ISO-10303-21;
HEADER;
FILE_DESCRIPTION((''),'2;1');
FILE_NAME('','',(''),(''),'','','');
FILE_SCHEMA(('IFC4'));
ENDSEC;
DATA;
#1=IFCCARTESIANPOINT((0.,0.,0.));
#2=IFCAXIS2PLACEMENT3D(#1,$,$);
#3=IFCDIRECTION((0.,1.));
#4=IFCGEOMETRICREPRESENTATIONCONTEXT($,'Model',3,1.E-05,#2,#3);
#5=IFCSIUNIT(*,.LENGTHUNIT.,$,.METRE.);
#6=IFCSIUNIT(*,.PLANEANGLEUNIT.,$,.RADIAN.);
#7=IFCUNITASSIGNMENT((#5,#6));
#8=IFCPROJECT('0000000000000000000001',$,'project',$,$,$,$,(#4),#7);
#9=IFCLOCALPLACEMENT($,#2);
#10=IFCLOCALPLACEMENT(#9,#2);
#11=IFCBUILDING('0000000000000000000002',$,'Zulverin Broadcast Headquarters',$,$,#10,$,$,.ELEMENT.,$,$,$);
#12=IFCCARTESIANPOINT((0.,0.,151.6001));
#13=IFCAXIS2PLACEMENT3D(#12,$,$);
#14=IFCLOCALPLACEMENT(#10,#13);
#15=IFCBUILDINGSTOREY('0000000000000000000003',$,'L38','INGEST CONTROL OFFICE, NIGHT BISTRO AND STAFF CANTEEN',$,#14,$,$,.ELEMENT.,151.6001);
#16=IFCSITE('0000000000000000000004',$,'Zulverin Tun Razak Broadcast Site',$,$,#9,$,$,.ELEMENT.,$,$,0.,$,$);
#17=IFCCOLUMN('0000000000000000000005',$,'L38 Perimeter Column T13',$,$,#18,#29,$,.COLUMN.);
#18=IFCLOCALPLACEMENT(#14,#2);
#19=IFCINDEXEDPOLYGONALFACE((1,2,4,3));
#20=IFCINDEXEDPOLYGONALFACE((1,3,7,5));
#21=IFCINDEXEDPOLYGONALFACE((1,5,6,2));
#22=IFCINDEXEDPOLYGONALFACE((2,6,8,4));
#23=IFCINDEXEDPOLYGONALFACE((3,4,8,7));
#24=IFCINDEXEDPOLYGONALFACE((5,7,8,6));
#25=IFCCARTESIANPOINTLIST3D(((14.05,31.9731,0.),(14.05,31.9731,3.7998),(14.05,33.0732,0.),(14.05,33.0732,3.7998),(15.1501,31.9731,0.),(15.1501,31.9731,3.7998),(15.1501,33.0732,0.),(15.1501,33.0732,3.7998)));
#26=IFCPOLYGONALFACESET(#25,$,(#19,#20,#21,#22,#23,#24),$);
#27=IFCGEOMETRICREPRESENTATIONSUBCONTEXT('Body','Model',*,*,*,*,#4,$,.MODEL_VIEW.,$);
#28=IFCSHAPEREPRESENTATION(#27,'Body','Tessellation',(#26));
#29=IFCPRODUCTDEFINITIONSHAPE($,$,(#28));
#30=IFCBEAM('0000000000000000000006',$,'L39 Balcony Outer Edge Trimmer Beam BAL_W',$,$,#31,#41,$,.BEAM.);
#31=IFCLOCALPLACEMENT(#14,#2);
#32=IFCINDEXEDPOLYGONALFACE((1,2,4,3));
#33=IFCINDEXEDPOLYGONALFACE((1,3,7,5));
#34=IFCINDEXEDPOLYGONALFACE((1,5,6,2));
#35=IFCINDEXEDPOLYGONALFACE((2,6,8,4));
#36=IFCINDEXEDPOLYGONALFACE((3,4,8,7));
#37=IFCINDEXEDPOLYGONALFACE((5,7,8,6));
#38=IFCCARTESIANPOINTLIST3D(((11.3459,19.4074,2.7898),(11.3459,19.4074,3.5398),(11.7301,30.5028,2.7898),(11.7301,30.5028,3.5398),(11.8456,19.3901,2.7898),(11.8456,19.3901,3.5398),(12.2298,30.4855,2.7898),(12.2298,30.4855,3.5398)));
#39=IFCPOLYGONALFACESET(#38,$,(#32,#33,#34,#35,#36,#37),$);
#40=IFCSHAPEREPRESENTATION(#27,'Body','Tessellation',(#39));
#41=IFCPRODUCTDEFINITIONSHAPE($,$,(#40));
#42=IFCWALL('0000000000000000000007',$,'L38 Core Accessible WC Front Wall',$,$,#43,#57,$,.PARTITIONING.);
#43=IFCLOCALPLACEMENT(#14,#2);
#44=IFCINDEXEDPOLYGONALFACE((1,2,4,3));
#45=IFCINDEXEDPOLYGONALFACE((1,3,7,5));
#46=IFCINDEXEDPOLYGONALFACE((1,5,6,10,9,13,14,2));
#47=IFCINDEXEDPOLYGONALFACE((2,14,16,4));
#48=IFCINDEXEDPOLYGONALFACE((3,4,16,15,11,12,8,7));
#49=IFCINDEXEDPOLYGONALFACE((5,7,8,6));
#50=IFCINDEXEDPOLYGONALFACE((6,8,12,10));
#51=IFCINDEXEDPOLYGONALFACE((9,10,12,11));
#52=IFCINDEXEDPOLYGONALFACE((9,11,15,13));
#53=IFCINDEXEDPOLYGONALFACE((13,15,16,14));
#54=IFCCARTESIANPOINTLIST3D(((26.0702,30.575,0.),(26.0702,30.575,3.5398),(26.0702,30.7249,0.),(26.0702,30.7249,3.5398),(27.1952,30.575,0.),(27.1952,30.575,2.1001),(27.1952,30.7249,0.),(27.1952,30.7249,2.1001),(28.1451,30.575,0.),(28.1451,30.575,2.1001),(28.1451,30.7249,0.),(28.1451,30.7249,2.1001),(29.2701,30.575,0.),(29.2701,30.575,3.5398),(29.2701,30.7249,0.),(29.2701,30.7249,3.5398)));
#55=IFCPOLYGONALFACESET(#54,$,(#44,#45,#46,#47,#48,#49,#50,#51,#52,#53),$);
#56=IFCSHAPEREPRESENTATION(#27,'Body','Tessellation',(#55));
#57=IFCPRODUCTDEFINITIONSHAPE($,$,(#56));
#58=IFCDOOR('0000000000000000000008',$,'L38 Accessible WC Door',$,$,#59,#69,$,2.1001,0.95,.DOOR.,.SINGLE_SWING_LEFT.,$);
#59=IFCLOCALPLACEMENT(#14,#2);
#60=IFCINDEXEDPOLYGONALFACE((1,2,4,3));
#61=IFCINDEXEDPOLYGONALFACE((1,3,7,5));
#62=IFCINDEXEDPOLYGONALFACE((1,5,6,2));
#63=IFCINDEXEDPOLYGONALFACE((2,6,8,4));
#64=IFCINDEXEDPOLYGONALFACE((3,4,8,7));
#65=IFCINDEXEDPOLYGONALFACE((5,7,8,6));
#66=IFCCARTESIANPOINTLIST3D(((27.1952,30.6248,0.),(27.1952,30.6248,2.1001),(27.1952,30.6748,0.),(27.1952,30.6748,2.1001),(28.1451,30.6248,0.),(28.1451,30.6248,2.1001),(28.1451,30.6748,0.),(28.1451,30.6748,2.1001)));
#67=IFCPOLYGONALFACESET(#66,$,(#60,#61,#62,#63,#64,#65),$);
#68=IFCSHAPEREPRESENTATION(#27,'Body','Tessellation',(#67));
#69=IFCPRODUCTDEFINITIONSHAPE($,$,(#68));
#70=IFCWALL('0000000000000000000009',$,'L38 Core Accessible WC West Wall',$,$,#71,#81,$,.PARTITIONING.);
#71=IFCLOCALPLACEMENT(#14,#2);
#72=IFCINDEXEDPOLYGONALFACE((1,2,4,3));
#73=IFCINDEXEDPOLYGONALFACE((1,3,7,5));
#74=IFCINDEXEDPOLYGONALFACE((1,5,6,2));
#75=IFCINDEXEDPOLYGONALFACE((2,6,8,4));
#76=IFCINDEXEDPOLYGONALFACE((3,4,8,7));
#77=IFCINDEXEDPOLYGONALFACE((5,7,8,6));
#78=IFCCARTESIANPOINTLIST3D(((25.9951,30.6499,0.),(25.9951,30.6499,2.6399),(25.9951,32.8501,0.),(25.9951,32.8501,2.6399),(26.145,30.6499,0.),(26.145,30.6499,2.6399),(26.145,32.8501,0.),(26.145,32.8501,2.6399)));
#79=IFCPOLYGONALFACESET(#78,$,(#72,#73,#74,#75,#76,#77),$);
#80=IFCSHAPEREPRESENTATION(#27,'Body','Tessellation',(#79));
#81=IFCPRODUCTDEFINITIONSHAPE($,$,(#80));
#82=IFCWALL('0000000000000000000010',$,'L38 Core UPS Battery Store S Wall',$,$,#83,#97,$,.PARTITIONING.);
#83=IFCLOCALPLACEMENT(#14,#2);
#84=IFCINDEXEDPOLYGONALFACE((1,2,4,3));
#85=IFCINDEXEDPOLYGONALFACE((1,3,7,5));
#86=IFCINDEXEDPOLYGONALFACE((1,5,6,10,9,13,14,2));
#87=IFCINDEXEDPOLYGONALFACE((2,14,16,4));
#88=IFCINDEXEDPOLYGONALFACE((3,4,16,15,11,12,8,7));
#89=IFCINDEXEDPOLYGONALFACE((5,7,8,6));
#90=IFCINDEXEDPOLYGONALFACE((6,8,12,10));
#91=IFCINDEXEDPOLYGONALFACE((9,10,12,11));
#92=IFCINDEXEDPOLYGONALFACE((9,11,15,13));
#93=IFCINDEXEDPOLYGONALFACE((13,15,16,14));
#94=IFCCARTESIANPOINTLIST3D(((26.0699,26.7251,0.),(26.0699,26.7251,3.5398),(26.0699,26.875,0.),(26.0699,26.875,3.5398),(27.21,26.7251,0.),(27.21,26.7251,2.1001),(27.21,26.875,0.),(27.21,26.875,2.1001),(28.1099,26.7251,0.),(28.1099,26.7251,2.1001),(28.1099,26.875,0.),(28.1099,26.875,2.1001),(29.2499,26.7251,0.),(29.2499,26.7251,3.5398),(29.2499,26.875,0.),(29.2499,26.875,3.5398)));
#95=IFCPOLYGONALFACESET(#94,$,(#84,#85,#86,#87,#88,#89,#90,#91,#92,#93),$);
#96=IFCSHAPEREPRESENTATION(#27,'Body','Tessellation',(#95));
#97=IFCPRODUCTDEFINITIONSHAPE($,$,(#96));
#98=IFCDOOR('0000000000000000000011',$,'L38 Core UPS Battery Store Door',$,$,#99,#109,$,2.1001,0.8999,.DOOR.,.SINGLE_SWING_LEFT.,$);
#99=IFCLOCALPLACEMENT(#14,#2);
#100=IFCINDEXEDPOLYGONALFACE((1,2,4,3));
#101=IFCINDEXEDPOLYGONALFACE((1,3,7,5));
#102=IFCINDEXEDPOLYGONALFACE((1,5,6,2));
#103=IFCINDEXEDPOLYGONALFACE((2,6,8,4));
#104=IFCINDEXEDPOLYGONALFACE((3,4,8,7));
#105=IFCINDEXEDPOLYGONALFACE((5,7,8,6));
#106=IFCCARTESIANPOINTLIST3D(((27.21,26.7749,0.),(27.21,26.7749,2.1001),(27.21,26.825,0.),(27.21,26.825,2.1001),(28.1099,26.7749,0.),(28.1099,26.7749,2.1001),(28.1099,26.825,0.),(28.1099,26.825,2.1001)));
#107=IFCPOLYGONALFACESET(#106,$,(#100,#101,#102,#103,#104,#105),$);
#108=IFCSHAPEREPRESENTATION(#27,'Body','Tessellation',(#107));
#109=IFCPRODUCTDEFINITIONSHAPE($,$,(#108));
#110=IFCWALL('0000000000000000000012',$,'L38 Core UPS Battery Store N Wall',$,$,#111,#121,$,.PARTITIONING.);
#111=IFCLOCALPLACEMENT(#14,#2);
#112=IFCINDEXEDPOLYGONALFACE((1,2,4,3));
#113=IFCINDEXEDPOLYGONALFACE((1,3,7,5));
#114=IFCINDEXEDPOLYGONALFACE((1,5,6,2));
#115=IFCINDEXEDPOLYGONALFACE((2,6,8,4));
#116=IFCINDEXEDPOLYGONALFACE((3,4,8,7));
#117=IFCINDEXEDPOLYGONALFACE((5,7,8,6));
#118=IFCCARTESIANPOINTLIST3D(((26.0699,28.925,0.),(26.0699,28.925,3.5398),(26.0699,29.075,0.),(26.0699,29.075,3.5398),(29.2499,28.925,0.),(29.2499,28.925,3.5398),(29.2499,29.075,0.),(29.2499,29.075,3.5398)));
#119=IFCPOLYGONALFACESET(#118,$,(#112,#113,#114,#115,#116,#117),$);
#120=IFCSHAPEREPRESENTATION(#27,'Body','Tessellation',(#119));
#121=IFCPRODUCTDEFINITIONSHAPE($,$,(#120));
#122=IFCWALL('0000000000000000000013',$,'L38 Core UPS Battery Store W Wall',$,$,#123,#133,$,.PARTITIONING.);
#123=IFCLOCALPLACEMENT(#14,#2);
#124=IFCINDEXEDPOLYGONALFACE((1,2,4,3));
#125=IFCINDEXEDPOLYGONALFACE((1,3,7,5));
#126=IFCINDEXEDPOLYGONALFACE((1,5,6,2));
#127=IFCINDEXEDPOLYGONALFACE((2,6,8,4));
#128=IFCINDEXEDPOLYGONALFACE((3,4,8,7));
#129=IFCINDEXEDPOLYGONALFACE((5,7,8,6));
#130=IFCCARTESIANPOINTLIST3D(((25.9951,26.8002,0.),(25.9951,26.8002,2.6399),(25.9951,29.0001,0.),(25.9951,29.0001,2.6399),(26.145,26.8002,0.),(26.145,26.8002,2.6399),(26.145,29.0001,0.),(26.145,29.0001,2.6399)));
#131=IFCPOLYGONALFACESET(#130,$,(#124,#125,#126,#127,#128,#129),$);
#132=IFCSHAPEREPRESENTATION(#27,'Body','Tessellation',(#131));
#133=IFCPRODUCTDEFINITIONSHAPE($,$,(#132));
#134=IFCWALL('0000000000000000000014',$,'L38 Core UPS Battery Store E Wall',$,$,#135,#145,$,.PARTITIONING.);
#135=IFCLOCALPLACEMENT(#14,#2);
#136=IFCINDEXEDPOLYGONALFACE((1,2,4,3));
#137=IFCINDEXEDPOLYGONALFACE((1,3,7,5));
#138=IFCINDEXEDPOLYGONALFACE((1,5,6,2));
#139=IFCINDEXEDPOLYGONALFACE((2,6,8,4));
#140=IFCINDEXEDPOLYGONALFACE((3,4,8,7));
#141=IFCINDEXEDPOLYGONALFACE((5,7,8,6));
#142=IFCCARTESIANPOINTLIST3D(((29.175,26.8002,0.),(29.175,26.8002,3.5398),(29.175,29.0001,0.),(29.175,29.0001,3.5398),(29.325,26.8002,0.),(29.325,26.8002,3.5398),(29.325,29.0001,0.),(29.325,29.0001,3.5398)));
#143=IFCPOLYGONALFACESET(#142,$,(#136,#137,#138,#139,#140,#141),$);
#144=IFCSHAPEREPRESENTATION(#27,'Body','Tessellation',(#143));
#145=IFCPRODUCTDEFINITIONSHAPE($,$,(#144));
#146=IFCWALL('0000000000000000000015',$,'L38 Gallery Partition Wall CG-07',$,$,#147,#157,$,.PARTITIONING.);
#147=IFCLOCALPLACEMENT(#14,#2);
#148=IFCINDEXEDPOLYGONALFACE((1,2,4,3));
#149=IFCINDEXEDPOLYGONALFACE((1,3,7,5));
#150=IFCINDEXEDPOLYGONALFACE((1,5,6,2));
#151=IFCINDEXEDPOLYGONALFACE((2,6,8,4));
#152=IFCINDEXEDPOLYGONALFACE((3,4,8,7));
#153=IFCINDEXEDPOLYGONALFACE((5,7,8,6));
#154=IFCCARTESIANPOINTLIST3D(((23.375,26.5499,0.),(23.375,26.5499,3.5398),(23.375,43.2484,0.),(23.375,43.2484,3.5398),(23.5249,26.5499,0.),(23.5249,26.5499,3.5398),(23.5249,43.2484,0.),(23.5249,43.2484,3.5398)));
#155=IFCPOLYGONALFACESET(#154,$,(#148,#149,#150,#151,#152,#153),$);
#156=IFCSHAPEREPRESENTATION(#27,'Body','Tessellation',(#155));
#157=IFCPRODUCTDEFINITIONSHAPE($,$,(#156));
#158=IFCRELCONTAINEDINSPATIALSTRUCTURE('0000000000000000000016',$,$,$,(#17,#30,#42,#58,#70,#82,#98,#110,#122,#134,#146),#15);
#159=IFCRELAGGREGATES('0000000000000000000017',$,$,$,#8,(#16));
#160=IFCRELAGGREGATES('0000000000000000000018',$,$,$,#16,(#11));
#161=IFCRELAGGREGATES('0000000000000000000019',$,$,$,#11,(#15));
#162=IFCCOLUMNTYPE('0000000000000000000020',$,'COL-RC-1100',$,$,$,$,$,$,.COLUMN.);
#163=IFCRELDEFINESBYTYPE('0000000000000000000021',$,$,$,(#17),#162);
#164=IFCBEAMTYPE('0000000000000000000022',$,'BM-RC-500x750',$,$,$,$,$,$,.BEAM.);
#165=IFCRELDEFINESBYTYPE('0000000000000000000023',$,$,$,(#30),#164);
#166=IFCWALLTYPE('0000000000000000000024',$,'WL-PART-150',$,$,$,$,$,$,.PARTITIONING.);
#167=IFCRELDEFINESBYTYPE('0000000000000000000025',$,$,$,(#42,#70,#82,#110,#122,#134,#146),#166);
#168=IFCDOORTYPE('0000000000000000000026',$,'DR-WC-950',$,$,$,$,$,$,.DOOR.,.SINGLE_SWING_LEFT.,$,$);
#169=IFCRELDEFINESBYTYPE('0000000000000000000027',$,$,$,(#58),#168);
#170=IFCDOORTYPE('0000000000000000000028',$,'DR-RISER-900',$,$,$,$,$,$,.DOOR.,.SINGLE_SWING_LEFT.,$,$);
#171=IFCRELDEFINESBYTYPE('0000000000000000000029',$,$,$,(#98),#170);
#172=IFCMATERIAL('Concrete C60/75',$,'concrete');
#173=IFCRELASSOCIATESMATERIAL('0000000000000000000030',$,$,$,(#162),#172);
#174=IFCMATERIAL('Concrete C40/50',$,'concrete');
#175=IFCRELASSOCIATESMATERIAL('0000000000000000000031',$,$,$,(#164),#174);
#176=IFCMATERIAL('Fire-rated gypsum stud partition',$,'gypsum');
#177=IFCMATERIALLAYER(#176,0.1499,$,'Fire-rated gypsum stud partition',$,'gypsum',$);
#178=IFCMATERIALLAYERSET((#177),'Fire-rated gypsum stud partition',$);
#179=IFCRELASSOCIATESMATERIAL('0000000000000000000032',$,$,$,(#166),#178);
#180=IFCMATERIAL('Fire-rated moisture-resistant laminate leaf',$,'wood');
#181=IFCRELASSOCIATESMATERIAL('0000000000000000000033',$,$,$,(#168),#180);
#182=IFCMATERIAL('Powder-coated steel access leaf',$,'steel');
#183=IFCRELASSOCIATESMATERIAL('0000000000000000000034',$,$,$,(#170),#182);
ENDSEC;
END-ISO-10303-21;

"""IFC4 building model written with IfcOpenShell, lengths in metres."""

from ifc_helpers import new_model, si_unit, direction, frame, frame_2d, origin, origin_2d, place, context, subcontext, project, spatial, rectangle, extrude, material, layer, layer_set, material_profile, profile_set, type_object, element, fill, save


model = new_model("IFC4")

# Units and contexts
model_context = context("Model", 3, precision=1e-05, world=origin(), true_north=direction((0.0, 1.0)))
body_context = subcontext(model_context, "Body", "Model", "MODEL_VIEW")
ifc_project = project(units=[si_unit("LENGTHUNIT", "METRE"), si_unit("PLANEANGLEUNIT", "RADIAN")], contexts=[model_context])

# Site, building, storey
site_placement = place(None, origin())
site = spatial("IfcSite", under=ifc_project, at=site_placement, Name="Zulverin Tun Razak Broadcast Site", CompositionType="ELEMENT", RefElevation=0.0)
building_placement = place(site_placement, origin())
building = spatial("IfcBuilding", under=site, at=building_placement, Name="Zulverin Broadcast Headquarters", CompositionType="ELEMENT")
storey_placement = place(building_placement, frame((0.0, 0.0, 151.6001)))
storey = spatial("IfcBuildingStorey", under=building, at=storey_placement, Name="L38", Description="INGEST CONTROL OFFICE, NIGHT BISTRO AND STAFF CANTEEN", CompositionType="ELEMENT", Elevation=151.6001)

# Column
ifc_material_1 = material(Name="Concrete C60/75", Category="concrete")
ifc_material_profile_1 = material_profile(ifc_material_1, rectangle(XDim=1.1001, YDim=1.1001, at=origin_2d()), Name="Concrete C60/75", Category="concrete")
ifc_profile_set_1 = profile_set([ifc_material_profile_1], Name="Concrete C60/75")
column_type = type_object("IfcColumnType", Name="COL-RC-1100", PredefinedType="COLUMN", material=ifc_profile_set_1)
column_placement = place(storey_placement, frame((14.6001, 32.5232, 0.0), z_axis=(0.0, 0.0, 1.0), x_axis=(1.0, 0.0, 0.0)))
element("IfcColumn", 1, at=column_placement, inside=storey, type_object=column_type, Name="L38 Perimeter Column T13", PredefinedType="COLUMN", context=body_context, shape_type="SweptSolid", body=[
    extrude(rectangle(XDim=1.1001, YDim=1.1001, at=origin_2d()), origin(), (0.0, 0.0, 1.0), 3.7998),
])

# Beam
ifc_material_2 = material(Name="Concrete C40/50", Category="concrete")
ifc_material_profile_2 = material_profile(ifc_material_2, rectangle(XDim=0.5, YDim=0.75, at=origin_2d()), Name="Concrete C40/50", Category="concrete")
ifc_profile_set_2 = profile_set([ifc_material_profile_2], Name="Concrete C40/50")
beam_type = type_object("IfcBeamType", Name="BM-RC-500x750", PredefinedType="BEAM", material=ifc_profile_set_2)
beam_placement = place(storey_placement, frame((11.98, 30.4941, 3.1648), z_axis=(-0.034613, -0.999401, 0.0), x_axis=(0.999401, -0.034613, 0.0)))
element("IfcBeam", 2, at=beam_placement, inside=storey, type_object=beam_type, Name="L39 Balcony Outer Edge Trimmer Beam BAL_W", PredefinedType="BEAM", context=body_context, shape_type="SweptSolid", body=[
    extrude(rectangle(XDim=0.5, YDim=0.75, at=origin_2d()), origin(), (0.0, 0.0, 1.0), 11.1021),
])

# Wall, opening, door
ifc_material_3 = material(Name="Fire-rated gypsum stud partition", Category="gypsum")
ifc_layer_1 = layer(ifc_material_3, 0.1499, Name="Fire-rated gypsum stud partition", Category="gypsum")
ifc_layer_set_1 = layer_set([ifc_layer_1], Name="Fire-rated gypsum stud partition")
wall_type_1 = type_object("IfcWallType", Name="WL-PART-150", PredefinedType="PARTITIONING", material=ifc_layer_set_1)
wall_1_placement = place(storey_placement, frame((26.0701, 30.6499, 0.0), z_axis=(0.0, 0.0, 1.0), x_axis=(1.0, 0.0, 0.0)))
wall_1 = element("IfcWall", 3, at=wall_1_placement, inside=storey, type_object=wall_type_1, Name="L38 Core Accessible WC Front Wall", PredefinedType="PARTITIONING", context=body_context, shape_type="SweptSolid", body=[
    extrude(rectangle(XDim=3.2, YDim=0.1499, at=frame_2d((1.6001, 0.0))), origin(), (0.0, 0.0, 1.0), 3.5398),
])
opening_1_placement = place(wall_1_placement, frame((1.125, 0.0, 0.0)))
opening_1 = element("IfcOpeningElement", 4, at=opening_1_placement, cuts=wall_1, PredefinedType="OPENING", context=body_context, shape_type="SweptSolid", body=[
    extrude(rectangle(XDim=0.95, YDim=2.1001, at=frame_2d((0.4751, 1.05))), frame((0.0, 0.085, 0.0), z_axis=(0.0, -1.0, 0.0), x_axis=(1.0, 0.0, 0.0)), (0.0, 0.0, 1.0), 0.1699),
])
ifc_material_4 = material(Name="Fire-rated moisture-resistant laminate leaf", Category="wood")
door_type_1 = type_object("IfcDoorType", Name="DR-WC-950", OperationType="SINGLE_SWING_LEFT", PredefinedType="DOOR", material=ifc_material_4)
door_1_placement = place(opening_1_placement, origin())
door_1 = element("IfcDoor", 5, at=door_1_placement, inside=storey, type_object=door_type_1, Name="L38 Accessible WC Door", OperationType="SINGLE_SWING_LEFT", OverallHeight=2.1001, OverallWidth=0.95, PredefinedType="DOOR", context=body_context, shape_type="SweptSolid", body=[
    extrude(rectangle(XDim=0.95, YDim=2.1001, at=frame_2d((0.4751, 1.05))), frame((0.0, 0.0249, 0.0), z_axis=(0.0, -1.0, 0.0), x_axis=(1.0, 0.0, 0.0)), (0.0, 0.0, 1.0), 0.05),
])
fill(opening_1, door_1)

# Wall
wall_2_placement = place(storey_placement, frame((26.0701, 30.6499, 0.0), z_axis=(0.0, 0.0, 1.0), x_axis=(0.0, 1.0, 0.0)))
element("IfcWall", 6, at=wall_2_placement, inside=storey, type_object=wall_type_1, Name="L38 Core Accessible WC West Wall", PredefinedType="PARTITIONING", context=body_context, shape_type="SweptSolid", body=[
    extrude(rectangle(XDim=2.2002, YDim=0.1499, at=frame_2d((1.1001, 0.0))), origin(), (0.0, 0.0, 1.0), 2.6399),
])

# Wall, opening, door
wall_3_placement = place(storey_placement, frame((26.0701, 26.8, 0.0), z_axis=(0.0, 0.0, 1.0), x_axis=(1.0, 0.0, 0.0)))
wall_3 = element("IfcWall", 7, at=wall_3_placement, inside=storey, type_object=wall_type_1, Name="L38 Core UPS Battery Store S Wall", PredefinedType="PARTITIONING", context=body_context, shape_type="SweptSolid", body=[
    extrude(rectangle(XDim=3.1799, YDim=0.1499, at=frame_2d((1.5898, 0.0))), origin(), (0.0, 0.0, 1.0), 3.5398),
])
opening_2_placement = place(wall_3_placement, frame((1.1399, 0.0, 0.0)))
opening_2 = element("IfcOpeningElement", 8, at=opening_2_placement, cuts=wall_3, PredefinedType="OPENING", context=body_context, shape_type="SweptSolid", body=[
    extrude(rectangle(XDim=0.8999, YDim=2.1001, at=frame_2d((0.45, 1.05))), frame((0.0, 0.085, 0.0), z_axis=(0.0, -1.0, 0.0), x_axis=(1.0, 0.0, 0.0)), (0.0, 0.0, 1.0), 0.1699),
])
ifc_material_5 = material(Name="Powder-coated steel access leaf", Category="steel")
door_type_2 = type_object("IfcDoorType", Name="DR-RISER-900", OperationType="SINGLE_SWING_LEFT", PredefinedType="DOOR", material=ifc_material_5)
door_2_placement = place(opening_2_placement, origin())
door_2 = element("IfcDoor", 9, at=door_2_placement, inside=storey, type_object=door_type_2, Name="L38 Core UPS Battery Store Door", OperationType="SINGLE_SWING_LEFT", OverallHeight=2.1001, OverallWidth=0.8999, PredefinedType="DOOR", context=body_context, shape_type="SweptSolid", body=[
    extrude(rectangle(XDim=0.8999, YDim=2.1001, at=frame_2d((0.45, 1.05))), frame((0.0, 0.0249, 0.0), z_axis=(0.0, -1.0, 0.0), x_axis=(1.0, 0.0, 0.0)), (0.0, 0.0, 1.0), 0.05),
])
fill(opening_2, door_2)

# Walls
wall_4_placement = place(storey_placement, frame((26.0701, 29.0, 0.0), z_axis=(0.0, 0.0, 1.0), x_axis=(1.0, 0.0, 0.0)))
element("IfcWall", 10, at=wall_4_placement, inside=storey, type_object=wall_type_1, Name="L38 Core UPS Battery Store N Wall", PredefinedType="PARTITIONING", context=body_context, shape_type="SweptSolid", body=[
    extrude(rectangle(XDim=3.1799, YDim=0.1499, at=frame_2d((1.5898, 0.0))), origin(), (0.0, 0.0, 1.0), 3.5398),
])
wall_5_placement = place(storey_placement, frame((26.0701, 26.8, 0.0), z_axis=(0.0, 0.0, 1.0), x_axis=(0.0, 1.0, 0.0)))
element("IfcWall", 11, at=wall_5_placement, inside=storey, type_object=wall_type_1, Name="L38 Core UPS Battery Store W Wall", PredefinedType="PARTITIONING", context=body_context, shape_type="SweptSolid", body=[
    extrude(rectangle(XDim=2.2, YDim=0.1499, at=frame_2d((1.1001, 0.0))), origin(), (0.0, 0.0, 1.0), 2.6399),
])
wall_6_placement = place(storey_placement, frame((29.25, 26.8, 0.0), z_axis=(0.0, 0.0, 1.0), x_axis=(0.0, 1.0, 0.0)))
element("IfcWall", 12, at=wall_6_placement, inside=storey, type_object=wall_type_1, Name="L38 Core UPS Battery Store E Wall", PredefinedType="PARTITIONING", context=body_context, shape_type="SweptSolid", body=[
    extrude(rectangle(XDim=2.2, YDim=0.1499, at=frame_2d((1.1001, 0.0))), origin(), (0.0, 0.0, 1.0), 3.5398),
])
wall_7_placement = place(storey_placement, frame((23.45, 26.55, 0.0), z_axis=(0.0, 0.0, 1.0), x_axis=(0.0, 1.0, 0.0)))
element("IfcWall", 13, at=wall_7_placement, inside=storey, type_object=wall_type_1, Name="L38 Gallery Partition Wall CG-07", PredefinedType="PARTITIONING", context=body_context, shape_type="SweptSolid", body=[
    extrude(rectangle(XDim=16.6985, YDim=0.1499, at=frame_2d((8.3491, 0.0))), origin(), (0.0, 0.0, 1.0), 3.5398),
])

save(model, "model.ifc")
